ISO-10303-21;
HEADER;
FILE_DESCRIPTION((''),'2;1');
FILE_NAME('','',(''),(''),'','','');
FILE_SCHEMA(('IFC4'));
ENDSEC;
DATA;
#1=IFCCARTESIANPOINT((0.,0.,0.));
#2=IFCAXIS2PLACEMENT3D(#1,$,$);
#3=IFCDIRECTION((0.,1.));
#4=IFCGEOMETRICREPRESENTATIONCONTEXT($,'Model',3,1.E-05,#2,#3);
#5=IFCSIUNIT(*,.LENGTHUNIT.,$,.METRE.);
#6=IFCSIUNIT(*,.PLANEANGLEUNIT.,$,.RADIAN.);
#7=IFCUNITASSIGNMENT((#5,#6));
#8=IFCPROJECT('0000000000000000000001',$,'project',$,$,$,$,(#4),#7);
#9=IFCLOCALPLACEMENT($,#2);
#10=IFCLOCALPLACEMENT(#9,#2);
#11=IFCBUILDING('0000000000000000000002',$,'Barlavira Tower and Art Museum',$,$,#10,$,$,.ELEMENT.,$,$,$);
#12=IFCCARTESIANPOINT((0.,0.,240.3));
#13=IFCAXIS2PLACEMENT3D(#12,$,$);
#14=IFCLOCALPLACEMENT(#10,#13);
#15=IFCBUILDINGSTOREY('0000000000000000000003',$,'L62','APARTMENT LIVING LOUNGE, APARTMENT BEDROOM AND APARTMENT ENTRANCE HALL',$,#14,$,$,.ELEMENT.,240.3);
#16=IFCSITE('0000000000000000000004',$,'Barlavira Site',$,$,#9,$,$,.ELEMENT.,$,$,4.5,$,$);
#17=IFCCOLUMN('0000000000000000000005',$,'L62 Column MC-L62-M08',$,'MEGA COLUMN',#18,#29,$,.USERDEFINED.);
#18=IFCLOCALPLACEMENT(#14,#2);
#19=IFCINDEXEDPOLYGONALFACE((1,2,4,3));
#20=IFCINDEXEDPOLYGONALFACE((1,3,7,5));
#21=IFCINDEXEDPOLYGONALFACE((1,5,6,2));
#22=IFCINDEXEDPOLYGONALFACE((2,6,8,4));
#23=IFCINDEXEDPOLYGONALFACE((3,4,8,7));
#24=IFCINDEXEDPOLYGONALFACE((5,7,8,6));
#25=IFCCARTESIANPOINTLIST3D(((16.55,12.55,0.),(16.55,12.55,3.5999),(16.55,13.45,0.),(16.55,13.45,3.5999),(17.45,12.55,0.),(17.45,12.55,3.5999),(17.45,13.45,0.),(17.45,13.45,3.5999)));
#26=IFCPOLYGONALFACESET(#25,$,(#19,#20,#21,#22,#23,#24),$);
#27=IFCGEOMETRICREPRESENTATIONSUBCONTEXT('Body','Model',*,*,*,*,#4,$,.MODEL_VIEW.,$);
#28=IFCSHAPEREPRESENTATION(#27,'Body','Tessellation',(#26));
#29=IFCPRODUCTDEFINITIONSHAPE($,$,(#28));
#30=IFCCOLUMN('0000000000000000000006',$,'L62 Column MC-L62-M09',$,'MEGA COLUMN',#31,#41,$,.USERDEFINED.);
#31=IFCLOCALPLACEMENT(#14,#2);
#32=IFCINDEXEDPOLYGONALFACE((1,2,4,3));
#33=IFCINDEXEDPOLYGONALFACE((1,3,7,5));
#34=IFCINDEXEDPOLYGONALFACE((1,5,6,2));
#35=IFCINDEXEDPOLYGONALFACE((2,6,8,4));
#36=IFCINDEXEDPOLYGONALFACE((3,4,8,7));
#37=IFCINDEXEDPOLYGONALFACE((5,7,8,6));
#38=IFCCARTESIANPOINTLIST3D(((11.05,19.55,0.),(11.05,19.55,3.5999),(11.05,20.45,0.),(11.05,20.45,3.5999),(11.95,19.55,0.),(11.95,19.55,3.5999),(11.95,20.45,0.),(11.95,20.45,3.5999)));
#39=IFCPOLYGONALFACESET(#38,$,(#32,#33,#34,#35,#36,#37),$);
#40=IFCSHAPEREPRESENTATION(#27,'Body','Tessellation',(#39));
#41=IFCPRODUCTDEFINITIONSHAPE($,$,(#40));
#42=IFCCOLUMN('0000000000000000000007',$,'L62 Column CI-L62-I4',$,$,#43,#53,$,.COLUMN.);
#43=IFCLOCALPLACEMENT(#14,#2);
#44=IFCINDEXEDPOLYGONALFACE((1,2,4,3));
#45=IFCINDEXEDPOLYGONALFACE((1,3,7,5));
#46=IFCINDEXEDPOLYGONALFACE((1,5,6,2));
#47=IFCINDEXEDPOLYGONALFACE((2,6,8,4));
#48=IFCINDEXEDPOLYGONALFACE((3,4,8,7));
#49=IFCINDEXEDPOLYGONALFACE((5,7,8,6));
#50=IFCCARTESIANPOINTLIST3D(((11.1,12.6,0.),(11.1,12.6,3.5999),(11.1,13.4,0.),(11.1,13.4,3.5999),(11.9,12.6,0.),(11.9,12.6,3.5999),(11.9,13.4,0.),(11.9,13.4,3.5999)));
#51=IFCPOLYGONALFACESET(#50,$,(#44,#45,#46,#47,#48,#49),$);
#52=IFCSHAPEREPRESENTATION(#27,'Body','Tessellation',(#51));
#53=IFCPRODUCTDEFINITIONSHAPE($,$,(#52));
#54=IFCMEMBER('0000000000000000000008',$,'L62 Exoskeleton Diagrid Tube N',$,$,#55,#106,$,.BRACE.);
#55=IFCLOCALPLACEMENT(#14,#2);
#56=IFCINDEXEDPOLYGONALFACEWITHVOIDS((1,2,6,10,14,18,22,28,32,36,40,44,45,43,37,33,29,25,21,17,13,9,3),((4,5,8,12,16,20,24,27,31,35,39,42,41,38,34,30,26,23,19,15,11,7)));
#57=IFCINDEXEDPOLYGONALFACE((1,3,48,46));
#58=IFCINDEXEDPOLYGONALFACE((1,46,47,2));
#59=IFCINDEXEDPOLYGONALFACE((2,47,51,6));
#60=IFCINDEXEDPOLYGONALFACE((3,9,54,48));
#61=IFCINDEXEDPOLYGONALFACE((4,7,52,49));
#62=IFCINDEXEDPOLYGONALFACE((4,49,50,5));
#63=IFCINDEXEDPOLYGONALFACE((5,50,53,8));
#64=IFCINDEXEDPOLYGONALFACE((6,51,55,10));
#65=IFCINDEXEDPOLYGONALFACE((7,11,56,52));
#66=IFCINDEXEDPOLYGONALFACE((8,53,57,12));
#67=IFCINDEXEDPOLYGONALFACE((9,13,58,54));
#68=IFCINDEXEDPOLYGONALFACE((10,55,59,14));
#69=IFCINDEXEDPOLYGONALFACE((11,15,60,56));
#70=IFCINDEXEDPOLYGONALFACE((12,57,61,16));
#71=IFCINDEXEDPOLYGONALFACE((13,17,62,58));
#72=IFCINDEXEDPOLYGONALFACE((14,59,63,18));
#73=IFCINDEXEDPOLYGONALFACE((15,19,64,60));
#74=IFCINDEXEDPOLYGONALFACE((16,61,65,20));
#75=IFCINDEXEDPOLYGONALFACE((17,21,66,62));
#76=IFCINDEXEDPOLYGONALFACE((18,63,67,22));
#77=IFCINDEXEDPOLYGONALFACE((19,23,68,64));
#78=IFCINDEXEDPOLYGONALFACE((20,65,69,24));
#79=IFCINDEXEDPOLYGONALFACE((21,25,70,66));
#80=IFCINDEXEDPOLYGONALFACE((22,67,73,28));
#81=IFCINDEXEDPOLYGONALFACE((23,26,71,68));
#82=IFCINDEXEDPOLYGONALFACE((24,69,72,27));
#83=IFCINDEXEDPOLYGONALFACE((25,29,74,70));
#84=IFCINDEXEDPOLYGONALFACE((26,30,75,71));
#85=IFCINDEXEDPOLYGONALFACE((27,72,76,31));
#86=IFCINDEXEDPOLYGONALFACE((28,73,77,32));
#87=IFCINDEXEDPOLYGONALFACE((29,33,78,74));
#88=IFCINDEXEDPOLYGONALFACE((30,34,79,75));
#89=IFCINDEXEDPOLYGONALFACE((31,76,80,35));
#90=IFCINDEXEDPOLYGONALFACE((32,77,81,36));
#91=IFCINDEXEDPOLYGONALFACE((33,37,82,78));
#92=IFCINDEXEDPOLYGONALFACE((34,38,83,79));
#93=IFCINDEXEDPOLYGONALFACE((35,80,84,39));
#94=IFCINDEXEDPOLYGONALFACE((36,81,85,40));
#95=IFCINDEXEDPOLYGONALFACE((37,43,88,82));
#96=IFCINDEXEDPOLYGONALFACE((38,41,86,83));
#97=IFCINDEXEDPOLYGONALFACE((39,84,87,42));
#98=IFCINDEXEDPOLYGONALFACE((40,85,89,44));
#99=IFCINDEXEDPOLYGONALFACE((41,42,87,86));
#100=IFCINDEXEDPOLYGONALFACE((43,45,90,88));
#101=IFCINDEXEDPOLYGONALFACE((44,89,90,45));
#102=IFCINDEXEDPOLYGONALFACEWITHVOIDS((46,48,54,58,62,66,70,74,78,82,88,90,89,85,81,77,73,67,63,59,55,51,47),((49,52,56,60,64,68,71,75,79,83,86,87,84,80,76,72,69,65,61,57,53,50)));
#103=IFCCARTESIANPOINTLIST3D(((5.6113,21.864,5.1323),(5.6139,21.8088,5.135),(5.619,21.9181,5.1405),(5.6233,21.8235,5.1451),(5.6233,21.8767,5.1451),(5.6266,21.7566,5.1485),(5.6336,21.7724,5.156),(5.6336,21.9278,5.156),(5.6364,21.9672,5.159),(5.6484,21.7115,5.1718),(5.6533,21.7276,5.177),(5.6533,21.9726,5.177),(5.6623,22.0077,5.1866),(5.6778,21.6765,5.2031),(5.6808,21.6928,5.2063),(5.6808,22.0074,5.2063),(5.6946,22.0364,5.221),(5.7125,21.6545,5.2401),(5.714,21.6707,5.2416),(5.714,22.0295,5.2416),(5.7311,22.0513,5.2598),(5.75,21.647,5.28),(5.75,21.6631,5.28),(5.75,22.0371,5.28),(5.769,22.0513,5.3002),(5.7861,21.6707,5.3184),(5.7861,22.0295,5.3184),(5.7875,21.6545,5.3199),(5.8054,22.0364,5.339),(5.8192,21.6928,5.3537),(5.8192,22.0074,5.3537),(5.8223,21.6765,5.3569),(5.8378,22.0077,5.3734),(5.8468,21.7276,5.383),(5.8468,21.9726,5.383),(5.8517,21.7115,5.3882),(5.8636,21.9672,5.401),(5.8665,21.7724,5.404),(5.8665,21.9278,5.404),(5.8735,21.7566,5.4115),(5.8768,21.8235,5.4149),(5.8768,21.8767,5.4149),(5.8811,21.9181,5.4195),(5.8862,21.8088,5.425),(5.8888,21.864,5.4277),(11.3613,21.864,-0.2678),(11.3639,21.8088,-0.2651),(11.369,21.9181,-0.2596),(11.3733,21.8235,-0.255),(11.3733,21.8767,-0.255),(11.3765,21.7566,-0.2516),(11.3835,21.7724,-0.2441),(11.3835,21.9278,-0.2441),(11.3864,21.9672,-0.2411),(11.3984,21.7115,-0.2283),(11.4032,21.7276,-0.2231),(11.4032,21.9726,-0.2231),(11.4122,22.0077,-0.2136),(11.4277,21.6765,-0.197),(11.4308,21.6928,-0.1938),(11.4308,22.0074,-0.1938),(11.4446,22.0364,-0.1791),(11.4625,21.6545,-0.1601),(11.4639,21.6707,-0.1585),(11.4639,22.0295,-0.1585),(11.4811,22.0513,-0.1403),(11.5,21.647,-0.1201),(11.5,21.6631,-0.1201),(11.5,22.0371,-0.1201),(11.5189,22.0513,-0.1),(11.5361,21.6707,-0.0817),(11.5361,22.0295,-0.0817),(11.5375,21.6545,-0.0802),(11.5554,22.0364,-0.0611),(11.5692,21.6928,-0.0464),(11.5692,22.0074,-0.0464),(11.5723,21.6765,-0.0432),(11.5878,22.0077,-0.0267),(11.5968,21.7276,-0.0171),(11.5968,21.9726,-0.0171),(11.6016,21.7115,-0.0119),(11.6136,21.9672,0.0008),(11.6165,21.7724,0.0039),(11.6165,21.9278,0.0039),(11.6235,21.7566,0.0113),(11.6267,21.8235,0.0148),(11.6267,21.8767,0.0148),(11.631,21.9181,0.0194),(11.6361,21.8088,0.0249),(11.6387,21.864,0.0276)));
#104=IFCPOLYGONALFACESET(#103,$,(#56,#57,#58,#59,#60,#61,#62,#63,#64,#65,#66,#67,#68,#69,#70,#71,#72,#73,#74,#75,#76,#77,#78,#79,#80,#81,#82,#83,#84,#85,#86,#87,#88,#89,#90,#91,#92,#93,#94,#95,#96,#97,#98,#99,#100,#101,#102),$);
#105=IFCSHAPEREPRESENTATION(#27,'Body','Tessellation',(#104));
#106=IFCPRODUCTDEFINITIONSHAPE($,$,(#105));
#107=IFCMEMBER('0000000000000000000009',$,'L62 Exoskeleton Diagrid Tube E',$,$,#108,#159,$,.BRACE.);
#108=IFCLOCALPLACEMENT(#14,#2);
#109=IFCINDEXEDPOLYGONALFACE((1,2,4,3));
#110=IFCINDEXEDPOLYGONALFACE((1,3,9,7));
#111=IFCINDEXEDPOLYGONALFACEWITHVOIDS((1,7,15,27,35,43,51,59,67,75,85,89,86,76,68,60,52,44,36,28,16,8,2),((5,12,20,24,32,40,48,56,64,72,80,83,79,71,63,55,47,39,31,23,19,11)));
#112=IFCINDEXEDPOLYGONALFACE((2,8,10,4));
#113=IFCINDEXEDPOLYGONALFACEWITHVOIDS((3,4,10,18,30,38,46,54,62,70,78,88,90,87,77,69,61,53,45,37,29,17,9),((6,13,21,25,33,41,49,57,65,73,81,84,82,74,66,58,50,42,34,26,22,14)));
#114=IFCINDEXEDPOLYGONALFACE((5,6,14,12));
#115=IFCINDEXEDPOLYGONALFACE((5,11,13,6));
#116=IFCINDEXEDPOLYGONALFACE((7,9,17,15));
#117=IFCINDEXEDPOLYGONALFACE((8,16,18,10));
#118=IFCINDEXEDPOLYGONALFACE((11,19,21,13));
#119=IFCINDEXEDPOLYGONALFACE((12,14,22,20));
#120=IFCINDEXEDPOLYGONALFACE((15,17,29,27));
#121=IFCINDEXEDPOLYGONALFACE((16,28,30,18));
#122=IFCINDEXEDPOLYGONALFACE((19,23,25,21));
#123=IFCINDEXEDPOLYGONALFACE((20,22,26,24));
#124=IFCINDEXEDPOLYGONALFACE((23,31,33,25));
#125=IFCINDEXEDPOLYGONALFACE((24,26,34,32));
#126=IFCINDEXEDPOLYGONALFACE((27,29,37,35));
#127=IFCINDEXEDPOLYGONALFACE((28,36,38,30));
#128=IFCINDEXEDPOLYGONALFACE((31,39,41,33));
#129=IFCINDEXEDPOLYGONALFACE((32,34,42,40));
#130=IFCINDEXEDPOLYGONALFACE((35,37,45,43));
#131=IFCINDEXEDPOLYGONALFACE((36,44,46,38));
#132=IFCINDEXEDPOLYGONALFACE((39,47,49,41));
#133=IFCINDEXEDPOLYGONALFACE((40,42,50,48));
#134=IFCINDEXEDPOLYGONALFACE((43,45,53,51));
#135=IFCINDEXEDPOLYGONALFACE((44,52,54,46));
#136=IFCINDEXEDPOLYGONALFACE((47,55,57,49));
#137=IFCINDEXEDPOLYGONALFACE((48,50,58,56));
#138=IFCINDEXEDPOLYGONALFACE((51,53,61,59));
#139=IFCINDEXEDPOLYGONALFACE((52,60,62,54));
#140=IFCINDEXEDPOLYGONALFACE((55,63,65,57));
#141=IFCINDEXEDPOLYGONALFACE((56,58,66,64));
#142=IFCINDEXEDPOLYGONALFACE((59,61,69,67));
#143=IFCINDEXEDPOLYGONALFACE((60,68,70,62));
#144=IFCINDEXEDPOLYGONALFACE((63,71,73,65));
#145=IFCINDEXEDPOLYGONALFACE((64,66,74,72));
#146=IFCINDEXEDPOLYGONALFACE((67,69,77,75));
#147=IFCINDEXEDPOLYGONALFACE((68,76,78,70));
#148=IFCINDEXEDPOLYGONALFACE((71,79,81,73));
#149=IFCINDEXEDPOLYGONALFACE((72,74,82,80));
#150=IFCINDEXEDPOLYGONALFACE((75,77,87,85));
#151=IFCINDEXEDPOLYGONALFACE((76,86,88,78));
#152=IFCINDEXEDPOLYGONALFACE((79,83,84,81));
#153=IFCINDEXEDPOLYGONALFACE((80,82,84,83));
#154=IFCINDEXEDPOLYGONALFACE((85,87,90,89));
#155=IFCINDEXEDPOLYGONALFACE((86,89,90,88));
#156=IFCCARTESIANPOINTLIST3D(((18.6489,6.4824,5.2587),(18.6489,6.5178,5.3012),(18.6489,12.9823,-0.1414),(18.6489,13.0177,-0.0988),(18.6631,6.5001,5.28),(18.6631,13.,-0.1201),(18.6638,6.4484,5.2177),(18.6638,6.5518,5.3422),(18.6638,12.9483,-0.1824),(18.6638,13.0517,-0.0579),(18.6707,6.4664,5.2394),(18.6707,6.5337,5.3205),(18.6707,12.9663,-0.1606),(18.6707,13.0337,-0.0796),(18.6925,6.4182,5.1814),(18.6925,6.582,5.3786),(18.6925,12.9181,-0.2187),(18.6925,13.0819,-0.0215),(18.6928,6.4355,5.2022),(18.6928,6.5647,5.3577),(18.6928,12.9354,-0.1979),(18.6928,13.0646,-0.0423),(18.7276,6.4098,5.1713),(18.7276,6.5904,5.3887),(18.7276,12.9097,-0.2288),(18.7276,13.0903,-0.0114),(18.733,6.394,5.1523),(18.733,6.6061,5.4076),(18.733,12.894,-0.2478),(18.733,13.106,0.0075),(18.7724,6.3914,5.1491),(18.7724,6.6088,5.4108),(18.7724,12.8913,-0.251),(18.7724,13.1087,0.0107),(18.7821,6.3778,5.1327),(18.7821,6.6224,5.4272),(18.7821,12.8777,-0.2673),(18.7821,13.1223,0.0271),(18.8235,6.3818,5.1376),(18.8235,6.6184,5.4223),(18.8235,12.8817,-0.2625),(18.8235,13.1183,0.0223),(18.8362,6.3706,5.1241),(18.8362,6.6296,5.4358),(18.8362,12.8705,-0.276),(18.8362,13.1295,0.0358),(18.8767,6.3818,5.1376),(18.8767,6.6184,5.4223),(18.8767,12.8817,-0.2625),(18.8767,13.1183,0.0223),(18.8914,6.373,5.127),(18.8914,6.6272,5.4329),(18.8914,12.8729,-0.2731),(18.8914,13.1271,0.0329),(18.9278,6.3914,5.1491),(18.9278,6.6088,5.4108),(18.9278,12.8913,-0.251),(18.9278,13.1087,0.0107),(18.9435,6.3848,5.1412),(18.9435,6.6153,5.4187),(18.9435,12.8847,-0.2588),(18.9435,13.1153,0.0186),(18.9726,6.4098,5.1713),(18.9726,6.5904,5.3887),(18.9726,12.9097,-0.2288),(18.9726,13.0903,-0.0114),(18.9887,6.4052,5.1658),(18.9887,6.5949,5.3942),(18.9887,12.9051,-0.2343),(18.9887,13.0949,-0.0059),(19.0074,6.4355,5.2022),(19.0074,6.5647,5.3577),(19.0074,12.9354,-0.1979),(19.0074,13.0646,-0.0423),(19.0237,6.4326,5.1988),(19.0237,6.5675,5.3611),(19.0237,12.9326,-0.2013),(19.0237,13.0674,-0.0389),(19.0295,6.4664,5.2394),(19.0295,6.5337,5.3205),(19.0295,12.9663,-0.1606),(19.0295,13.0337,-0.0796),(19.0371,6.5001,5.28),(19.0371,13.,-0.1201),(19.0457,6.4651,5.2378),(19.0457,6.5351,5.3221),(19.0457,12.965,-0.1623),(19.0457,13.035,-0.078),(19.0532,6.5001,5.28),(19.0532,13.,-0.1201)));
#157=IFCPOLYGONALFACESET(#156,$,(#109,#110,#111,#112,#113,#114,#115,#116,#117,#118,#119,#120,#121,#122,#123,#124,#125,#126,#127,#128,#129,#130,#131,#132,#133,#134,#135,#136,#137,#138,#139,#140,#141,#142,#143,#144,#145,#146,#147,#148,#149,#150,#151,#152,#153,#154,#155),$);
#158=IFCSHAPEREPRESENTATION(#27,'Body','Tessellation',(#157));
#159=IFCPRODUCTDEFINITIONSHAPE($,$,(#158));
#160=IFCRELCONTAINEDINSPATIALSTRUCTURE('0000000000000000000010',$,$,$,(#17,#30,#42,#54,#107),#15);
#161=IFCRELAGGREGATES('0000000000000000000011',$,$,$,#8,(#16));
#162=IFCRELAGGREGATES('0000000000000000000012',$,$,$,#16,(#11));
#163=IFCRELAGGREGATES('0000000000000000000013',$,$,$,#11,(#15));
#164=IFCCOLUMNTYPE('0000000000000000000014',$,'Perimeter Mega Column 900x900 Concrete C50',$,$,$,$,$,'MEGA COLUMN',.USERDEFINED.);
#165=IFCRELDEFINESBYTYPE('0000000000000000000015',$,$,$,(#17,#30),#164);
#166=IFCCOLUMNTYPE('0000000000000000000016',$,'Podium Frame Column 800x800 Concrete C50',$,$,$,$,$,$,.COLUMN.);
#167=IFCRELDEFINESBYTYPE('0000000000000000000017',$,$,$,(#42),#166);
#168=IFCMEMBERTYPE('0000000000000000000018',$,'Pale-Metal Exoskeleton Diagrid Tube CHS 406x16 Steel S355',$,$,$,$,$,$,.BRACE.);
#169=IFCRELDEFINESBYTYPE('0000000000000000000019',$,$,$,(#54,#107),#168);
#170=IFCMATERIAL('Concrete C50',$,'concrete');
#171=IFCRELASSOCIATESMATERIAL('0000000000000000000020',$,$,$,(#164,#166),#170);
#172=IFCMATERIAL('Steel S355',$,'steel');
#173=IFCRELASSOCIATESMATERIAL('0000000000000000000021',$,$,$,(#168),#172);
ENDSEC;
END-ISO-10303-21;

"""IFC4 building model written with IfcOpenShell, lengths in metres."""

from ifc_helpers import new_model, si_unit, direction, frame, origin, origin_2d, place, context, subcontext, project, spatial, rectangle, hollow_circle, extrude, material, material_profile, profile_set, type_object, element, save


model = new_model("IFC4")

# Units and contexts
model_context = context("Model", 3, precision=1e-05, world=origin(), true_north=direction((0.0, 1.0)))
body_context = subcontext(model_context, "Body", "Model", "MODEL_VIEW")
ifc_project = project(units=[si_unit("LENGTHUNIT", "METRE"), si_unit("PLANEANGLEUNIT", "RADIAN")], contexts=[model_context])

# Site, building, storey
site_placement = place(None, origin())
site = spatial("IfcSite", under=ifc_project, at=site_placement, Name="Barlavira Site", CompositionType="ELEMENT", RefElevation=4.5)
building_placement = place(site_placement, origin())
building = spatial("IfcBuilding", under=site, at=building_placement, Name="Barlavira Tower and Art Museum", CompositionType="ELEMENT")
storey_placement = place(building_placement, frame((0.0, 0.0, 240.3)))
storey = spatial("IfcBuildingStorey", under=building, at=storey_placement, Name="L62", Description="APARTMENT LIVING LOUNGE, APARTMENT BEDROOM AND APARTMENT ENTRANCE HALL", CompositionType="ELEMENT", Elevation=240.3)

# Columns
ifc_material_1 = material(Name="Concrete C50", Category="concrete")
ifc_material_profile_1 = material_profile(ifc_material_1, rectangle(XDim=0.8999, YDim=0.8999, at=origin_2d()), Name="RC-COL 900x900")
ifc_profile_set_1 = profile_set([ifc_material_profile_1], Name="Concrete C50")
column_type_1 = type_object("IfcColumnType", Name="Perimeter Mega Column 900x900 Concrete C50", ElementType="MEGA COLUMN", PredefinedType="USERDEFINED", material=ifc_profile_set_1)
for number, where, z_axis, x_axis, name in (
    (1, (17.0, 13.0, 0.0), (0.0, 0.0, 1.0), (1.0, 0.0, 0.0), "L62 Column MC-L62-M08"),
    (2, (11.5, 20.0, 0.0), (0.0, 0.0, 1.0), (1.0, 0.0, 0.0), "L62 Column MC-L62-M09"),
):
    element("IfcColumn", number, at=place(storey_placement, frame(where, z_axis=z_axis, x_axis=x_axis)), inside=storey, type_object=column_type_1, Name=name, ObjectType="MEGA COLUMN", PredefinedType="USERDEFINED", context=body_context, shape_type="SweptSolid", body=[
        extrude(rectangle(XDim=0.8999, YDim=0.8999, at=origin_2d()), origin(), (0.0, 0.0, 1.0), 3.5999),
    ])
ifc_material_profile_2 = material_profile(ifc_material_1, rectangle(XDim=0.8, YDim=0.8, at=origin_2d()), Name="RC-COL 800x800")
ifc_profile_set_2 = profile_set([ifc_material_profile_2], Name="Concrete C50")
column_type_2 = type_object("IfcColumnType", Name="Podium Frame Column 800x800 Concrete C50", PredefinedType="COLUMN", material=ifc_profile_set_2)
column_placement = place(storey_placement, frame((11.5, 13.0, 0.0), z_axis=(0.0, 0.0, 1.0), x_axis=(1.0, 0.0, 0.0)))
element("IfcColumn", 3, at=column_placement, inside=storey, type_object=column_type_2, Name="L62 Column CI-L62-I4", PredefinedType="COLUMN", context=body_context, shape_type="SweptSolid", body=[
    extrude(rectangle(XDim=0.8, YDim=0.8, at=origin_2d()), origin(), (0.0, 0.0, 1.0), 3.5999),
])

# Members
ifc_material_2 = material(Name="Steel S355", Category="steel")
ifc_material_profile_3 = material_profile(ifc_material_2, hollow_circle(Radius=0.2031, WallThickness=0.0161, at=origin_2d()), Name="CHS 406.4x16.0")
ifc_profile_set_3 = profile_set([ifc_material_profile_3], Name="Steel S355")
member_type_1 = type_object("IfcMemberType", Name="Pale-Metal Exoskeleton Diagrid Tube CHS 406x16 Steel S355", PredefinedType="BRACE", material=ifc_profile_set_3)
member_1_placement = place(storey_placement, frame((11.5, 21.8501, -0.1201), z_axis=(-0.728935, 0.0, 0.684583), x_axis=(0.0, -1.0, 0.0)))
element("IfcMember", 4, at=member_1_placement, inside=storey, type_object=member_type_1, Name="L62 Exoskeleton Diagrid Tube N", PredefinedType="BRACE", context=body_context, shape_type="SweptSolid", body=[
    extrude(hollow_circle(Radius=0.2031, WallThickness=0.0161, at=origin_2d()), origin(), (0.0, 0.0, 1.0), 7.8882),
])
member_2_placement = place(storey_placement, frame((18.8501, 13.0, -0.1201), z_axis=(0.0, -0.769182, 0.63903), x_axis=(1.0, 0.0, 0.0)))
element("IfcMember", 5, at=member_2_placement, inside=storey, type_object=member_type_1, Name="L62 Exoskeleton Diagrid Tube E", PredefinedType="BRACE", context=body_context, shape_type="SweptSolid", body=[
    extrude(hollow_circle(Radius=0.2031, WallThickness=0.0161, at=origin_2d()), origin(), (0.0, 0.0, 1.0), 8.4504),
])

save(model, "model.ifc")
